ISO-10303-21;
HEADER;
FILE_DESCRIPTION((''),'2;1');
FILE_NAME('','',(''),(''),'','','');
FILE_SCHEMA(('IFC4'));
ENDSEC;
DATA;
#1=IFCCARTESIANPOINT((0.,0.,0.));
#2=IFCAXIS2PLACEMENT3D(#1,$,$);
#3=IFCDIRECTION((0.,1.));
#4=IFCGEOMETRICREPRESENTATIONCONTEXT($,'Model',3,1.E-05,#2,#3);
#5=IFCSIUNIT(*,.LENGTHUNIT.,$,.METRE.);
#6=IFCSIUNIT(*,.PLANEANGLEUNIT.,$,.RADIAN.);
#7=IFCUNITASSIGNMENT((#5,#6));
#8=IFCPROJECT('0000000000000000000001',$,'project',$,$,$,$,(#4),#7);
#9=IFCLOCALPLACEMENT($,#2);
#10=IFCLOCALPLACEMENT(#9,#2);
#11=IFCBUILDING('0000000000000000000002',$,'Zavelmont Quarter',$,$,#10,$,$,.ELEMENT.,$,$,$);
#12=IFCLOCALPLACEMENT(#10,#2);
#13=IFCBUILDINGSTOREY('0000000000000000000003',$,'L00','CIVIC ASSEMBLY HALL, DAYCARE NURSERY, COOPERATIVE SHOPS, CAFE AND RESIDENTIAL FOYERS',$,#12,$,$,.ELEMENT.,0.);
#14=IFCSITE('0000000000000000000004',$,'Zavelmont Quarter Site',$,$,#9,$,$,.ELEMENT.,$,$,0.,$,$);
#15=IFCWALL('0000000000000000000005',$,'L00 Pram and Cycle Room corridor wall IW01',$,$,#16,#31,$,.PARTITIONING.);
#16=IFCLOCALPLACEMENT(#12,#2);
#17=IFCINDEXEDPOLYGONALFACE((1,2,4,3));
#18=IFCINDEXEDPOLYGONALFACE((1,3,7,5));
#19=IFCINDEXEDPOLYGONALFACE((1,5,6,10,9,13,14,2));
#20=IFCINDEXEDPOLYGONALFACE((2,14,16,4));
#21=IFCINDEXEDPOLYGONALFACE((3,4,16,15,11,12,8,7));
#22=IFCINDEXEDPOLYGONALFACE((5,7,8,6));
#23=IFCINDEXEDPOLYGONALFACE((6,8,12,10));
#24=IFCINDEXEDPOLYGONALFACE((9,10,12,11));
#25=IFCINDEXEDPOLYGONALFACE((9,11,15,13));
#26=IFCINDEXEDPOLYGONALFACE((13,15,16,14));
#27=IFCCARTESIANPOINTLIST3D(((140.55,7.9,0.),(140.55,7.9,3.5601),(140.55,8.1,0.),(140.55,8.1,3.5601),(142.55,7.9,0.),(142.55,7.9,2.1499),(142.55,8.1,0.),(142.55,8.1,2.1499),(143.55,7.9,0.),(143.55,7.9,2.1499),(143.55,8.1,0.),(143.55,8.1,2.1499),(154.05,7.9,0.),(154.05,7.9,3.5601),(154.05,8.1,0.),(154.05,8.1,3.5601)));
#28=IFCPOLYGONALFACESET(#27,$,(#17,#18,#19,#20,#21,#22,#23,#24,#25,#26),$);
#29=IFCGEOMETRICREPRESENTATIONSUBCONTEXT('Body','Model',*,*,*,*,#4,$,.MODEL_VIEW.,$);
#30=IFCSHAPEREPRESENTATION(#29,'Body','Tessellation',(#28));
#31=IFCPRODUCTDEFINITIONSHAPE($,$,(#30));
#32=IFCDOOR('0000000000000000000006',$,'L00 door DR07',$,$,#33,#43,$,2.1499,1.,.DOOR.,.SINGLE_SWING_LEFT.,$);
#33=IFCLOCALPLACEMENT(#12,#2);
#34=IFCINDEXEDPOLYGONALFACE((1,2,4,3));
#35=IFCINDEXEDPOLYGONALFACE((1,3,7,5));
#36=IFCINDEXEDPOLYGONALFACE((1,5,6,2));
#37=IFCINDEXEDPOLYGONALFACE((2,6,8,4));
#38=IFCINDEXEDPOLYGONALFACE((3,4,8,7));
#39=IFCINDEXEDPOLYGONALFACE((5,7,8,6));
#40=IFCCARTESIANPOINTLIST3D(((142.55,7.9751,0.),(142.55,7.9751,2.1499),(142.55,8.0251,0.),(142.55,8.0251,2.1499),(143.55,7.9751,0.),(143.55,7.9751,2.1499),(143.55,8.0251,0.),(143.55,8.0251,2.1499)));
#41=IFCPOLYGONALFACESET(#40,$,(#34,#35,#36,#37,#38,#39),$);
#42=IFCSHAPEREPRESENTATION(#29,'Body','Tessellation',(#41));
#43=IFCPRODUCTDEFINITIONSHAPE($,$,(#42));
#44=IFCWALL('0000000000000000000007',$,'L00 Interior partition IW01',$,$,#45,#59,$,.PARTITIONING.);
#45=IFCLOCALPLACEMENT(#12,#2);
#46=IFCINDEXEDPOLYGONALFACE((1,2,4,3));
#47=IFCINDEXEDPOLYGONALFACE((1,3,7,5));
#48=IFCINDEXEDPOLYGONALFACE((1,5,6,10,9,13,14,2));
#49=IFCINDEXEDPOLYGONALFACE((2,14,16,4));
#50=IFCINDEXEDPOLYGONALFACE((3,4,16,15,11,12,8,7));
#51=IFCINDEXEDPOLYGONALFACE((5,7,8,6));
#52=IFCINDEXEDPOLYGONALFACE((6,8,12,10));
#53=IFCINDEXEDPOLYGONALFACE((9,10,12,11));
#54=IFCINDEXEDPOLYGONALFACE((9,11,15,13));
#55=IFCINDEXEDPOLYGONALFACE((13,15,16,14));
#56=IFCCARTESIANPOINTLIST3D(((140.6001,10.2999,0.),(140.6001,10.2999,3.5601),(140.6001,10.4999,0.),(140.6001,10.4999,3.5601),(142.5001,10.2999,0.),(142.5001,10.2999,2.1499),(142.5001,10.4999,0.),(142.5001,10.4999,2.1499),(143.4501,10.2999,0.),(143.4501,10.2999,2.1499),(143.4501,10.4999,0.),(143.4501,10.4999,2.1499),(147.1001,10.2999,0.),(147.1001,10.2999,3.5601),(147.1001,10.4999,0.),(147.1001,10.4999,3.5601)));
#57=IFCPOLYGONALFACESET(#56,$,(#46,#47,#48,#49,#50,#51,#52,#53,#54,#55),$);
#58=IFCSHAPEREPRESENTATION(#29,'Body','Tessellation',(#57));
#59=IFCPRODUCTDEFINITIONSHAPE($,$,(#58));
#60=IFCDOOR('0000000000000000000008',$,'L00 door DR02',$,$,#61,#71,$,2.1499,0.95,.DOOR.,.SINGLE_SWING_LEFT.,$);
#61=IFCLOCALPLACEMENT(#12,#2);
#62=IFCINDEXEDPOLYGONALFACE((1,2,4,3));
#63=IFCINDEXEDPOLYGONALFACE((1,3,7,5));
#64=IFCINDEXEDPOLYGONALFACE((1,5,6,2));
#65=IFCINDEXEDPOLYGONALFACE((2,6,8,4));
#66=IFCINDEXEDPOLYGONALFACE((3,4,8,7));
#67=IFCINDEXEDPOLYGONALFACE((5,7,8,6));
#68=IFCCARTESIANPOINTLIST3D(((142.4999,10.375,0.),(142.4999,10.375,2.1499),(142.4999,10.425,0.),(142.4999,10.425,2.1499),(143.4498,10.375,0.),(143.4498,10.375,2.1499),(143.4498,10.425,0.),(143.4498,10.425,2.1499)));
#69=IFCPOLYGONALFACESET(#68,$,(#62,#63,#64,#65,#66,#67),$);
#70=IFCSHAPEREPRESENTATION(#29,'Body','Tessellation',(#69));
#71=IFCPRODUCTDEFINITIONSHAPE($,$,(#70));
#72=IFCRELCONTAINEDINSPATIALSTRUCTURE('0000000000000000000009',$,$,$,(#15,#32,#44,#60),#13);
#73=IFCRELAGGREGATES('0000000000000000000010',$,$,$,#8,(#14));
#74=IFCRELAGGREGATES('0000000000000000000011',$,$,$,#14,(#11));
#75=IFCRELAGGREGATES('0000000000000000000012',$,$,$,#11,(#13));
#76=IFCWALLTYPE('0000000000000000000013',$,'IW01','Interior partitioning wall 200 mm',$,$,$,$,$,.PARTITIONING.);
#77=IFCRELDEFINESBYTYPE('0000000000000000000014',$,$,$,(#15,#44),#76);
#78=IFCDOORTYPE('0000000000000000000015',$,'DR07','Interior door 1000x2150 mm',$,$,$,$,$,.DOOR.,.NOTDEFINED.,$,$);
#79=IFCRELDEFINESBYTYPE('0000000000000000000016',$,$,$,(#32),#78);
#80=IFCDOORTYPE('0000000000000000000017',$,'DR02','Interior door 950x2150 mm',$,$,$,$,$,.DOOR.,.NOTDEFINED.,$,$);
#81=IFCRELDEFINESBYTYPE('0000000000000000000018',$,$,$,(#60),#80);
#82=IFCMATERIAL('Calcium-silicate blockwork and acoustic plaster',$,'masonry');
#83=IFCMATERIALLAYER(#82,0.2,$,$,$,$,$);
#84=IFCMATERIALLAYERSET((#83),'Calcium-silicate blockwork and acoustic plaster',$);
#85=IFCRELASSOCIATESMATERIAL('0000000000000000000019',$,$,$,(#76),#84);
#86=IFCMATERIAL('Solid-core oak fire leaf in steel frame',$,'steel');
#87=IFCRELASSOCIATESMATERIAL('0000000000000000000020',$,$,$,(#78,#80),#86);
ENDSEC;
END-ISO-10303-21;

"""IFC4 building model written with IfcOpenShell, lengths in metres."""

from ifc_helpers import new_model, si_unit, direction, frame, frame_2d, origin, place, context, subcontext, project, spatial, rectangle, extrude, material, layer, layer_set, type_object, element, fill, save


model = new_model("IFC4")

# Units and contexts
model_context = context("Model", 3, precision=1e-05, world=origin(), true_north=direction((0.0, 1.0)))
body_context = subcontext(model_context, "Body", "Model", "MODEL_VIEW")
ifc_project = project(units=[si_unit("LENGTHUNIT", "METRE"), si_unit("PLANEANGLEUNIT", "RADIAN")], contexts=[model_context])

# Site, building, storey
site_placement = place(None, origin())
site = spatial("IfcSite", under=ifc_project, at=site_placement, Name="Zavelmont Quarter Site", CompositionType="ELEMENT", RefElevation=0.0)
building_placement = place(site_placement, origin())
building = spatial("IfcBuilding", under=site, at=building_placement, Name="Zavelmont Quarter", CompositionType="ELEMENT")
storey_placement = place(building_placement, origin())
storey = spatial("IfcBuildingStorey", under=building, at=storey_placement, Name="L00", Description="CIVIC ASSEMBLY HALL, DAYCARE NURSERY, COOPERATIVE SHOPS, CAFE AND RESIDENTIAL FOYERS", CompositionType="ELEMENT", Elevation=0.0)

# Walls, openings, doors
ifc_material_1 = material(Name="Calcium-silicate blockwork and acoustic plaster", Category="masonry")
ifc_layer_1 = layer(ifc_material_1, 0.2)
ifc_layer_set_1 = layer_set([ifc_layer_1], Name="Calcium-silicate blockwork and acoustic plaster")
wall_type = type_object("IfcWallType", Name="IW01", Description="Interior partitioning wall 200 mm", PredefinedType="PARTITIONING", material=ifc_layer_set_1)
wall_1_placement = place(storey_placement, frame((140.55, 8.0, 0.0), z_axis=(0.0, 0.0, 1.0), x_axis=(1.0, 0.0, 0.0)))
wall_1 = element("IfcWall", 1, at=wall_1_placement, inside=storey, type_object=wall_type, Name="L00 Pram and Cycle Room corridor wall IW01", PredefinedType="PARTITIONING", context=body_context, shape_type="SweptSolid", body=[
    extrude(rectangle(XDim=13.5, YDim=0.2, at=frame_2d((6.75, 0.0))), origin(), (0.0, 0.0, 1.0), 3.5601),
])
opening_1_placement = place(wall_1_placement, frame((2.0, 0.0, 0.0)))
opening_1 = element("IfcOpeningElement", 2, at=opening_1_placement, cuts=wall_1, PredefinedType="OPENING", context=body_context, shape_type="SweptSolid", body=[
    extrude(rectangle(XDim=1.0, YDim=2.1499, at=frame_2d((0.5, 1.075))), frame((0.0, 0.1118, 0.0), z_axis=(0.0, -1.0, 0.0), x_axis=(1.0, 0.0, 0.0)), (0.0, 0.0, 1.0), 0.2239),
])
ifc_material_2 = material(Name="Solid-core oak fire leaf in steel frame", Category="steel")
door_type_1 = type_object("IfcDoorType", Name="DR07", Description="Interior door 1000x2150 mm", OperationType="NOTDEFINED", PredefinedType="DOOR", material=ifc_material_2)
door_1_placement = place(opening_1_placement, frame((1.0, 0.0, 0.0), z_axis=(0.0, 0.0, 1.0), x_axis=(-1.0, 0.0, 0.0)))
door_1 = element("IfcDoor", 3, at=door_1_placement, inside=storey, type_object=door_type_1, Name="L00 door DR07", OperationType="SINGLE_SWING_LEFT", OverallHeight=2.1499, OverallWidth=1.0, PredefinedType="DOOR", context=body_context, shape_type="SweptSolid", body=[
    extrude(rectangle(XDim=1.0, YDim=2.1499, at=frame_2d((0.5, 1.075))), frame((0.0, 0.0249, 0.0), z_axis=(0.0, -1.0, 0.0), x_axis=(1.0, 0.0, 0.0)), (0.0, 0.0, 1.0), 0.05),
])
fill(opening_1, door_1)
wall_2_placement = place(storey_placement, frame((140.6001, 10.3999, 0.0), z_axis=(0.0, 0.0, 1.0), x_axis=(1.0, 0.0, 0.0)))
wall_2 = element("IfcWall", 4, at=wall_2_placement, inside=storey, type_object=wall_type, Name="L00 Interior partition IW01", PredefinedType="PARTITIONING", context=body_context, shape_type="SweptSolid", body=[
    extrude(rectangle(XDim=6.5, YDim=0.2, at=frame_2d((3.25, 0.0))), origin(), (0.0, 0.0, 1.0), 3.5601),
])
opening_2_placement = place(wall_2_placement, frame((1.8999, 0.0, 0.0)))
opening_2 = element("IfcOpeningElement", 5, at=opening_2_placement, cuts=wall_2, PredefinedType="OPENING", context=body_context, shape_type="SweptSolid", body=[
    extrude(rectangle(XDim=0.95, YDim=2.1499, at=frame_2d((0.4751, 1.075))), frame((0.0, 0.1118, 0.0), z_axis=(0.0, -1.0, 0.0), x_axis=(1.0, 0.0, 0.0)), (0.0, 0.0, 1.0), 0.2239),
])
door_type_2 = type_object("IfcDoorType", Name="DR02", Description="Interior door 950x2150 mm", OperationType="NOTDEFINED", PredefinedType="DOOR", material=ifc_material_2)
door_2_placement = place(opening_2_placement, frame((0.95, 0.0, 0.0), z_axis=(0.0, 0.0, 1.0), x_axis=(-1.0, 0.0, 0.0)))
door_2 = element("IfcDoor", 6, at=door_2_placement, inside=storey, type_object=door_type_2, Name="L00 door DR02", OperationType="SINGLE_SWING_LEFT", OverallHeight=2.1499, OverallWidth=0.95, PredefinedType="DOOR", context=body_context, shape_type="SweptSolid", body=[
    extrude(rectangle(XDim=0.95, YDim=2.1499, at=frame_2d((0.4751, 1.075))), frame((0.0, 0.0249, 0.0), z_axis=(0.0, -1.0, 0.0), x_axis=(1.0, 0.0, 0.0)), (0.0, 0.0, 1.0), 0.05),
])
fill(opening_2, door_2)

save(model, "model.ifc")
